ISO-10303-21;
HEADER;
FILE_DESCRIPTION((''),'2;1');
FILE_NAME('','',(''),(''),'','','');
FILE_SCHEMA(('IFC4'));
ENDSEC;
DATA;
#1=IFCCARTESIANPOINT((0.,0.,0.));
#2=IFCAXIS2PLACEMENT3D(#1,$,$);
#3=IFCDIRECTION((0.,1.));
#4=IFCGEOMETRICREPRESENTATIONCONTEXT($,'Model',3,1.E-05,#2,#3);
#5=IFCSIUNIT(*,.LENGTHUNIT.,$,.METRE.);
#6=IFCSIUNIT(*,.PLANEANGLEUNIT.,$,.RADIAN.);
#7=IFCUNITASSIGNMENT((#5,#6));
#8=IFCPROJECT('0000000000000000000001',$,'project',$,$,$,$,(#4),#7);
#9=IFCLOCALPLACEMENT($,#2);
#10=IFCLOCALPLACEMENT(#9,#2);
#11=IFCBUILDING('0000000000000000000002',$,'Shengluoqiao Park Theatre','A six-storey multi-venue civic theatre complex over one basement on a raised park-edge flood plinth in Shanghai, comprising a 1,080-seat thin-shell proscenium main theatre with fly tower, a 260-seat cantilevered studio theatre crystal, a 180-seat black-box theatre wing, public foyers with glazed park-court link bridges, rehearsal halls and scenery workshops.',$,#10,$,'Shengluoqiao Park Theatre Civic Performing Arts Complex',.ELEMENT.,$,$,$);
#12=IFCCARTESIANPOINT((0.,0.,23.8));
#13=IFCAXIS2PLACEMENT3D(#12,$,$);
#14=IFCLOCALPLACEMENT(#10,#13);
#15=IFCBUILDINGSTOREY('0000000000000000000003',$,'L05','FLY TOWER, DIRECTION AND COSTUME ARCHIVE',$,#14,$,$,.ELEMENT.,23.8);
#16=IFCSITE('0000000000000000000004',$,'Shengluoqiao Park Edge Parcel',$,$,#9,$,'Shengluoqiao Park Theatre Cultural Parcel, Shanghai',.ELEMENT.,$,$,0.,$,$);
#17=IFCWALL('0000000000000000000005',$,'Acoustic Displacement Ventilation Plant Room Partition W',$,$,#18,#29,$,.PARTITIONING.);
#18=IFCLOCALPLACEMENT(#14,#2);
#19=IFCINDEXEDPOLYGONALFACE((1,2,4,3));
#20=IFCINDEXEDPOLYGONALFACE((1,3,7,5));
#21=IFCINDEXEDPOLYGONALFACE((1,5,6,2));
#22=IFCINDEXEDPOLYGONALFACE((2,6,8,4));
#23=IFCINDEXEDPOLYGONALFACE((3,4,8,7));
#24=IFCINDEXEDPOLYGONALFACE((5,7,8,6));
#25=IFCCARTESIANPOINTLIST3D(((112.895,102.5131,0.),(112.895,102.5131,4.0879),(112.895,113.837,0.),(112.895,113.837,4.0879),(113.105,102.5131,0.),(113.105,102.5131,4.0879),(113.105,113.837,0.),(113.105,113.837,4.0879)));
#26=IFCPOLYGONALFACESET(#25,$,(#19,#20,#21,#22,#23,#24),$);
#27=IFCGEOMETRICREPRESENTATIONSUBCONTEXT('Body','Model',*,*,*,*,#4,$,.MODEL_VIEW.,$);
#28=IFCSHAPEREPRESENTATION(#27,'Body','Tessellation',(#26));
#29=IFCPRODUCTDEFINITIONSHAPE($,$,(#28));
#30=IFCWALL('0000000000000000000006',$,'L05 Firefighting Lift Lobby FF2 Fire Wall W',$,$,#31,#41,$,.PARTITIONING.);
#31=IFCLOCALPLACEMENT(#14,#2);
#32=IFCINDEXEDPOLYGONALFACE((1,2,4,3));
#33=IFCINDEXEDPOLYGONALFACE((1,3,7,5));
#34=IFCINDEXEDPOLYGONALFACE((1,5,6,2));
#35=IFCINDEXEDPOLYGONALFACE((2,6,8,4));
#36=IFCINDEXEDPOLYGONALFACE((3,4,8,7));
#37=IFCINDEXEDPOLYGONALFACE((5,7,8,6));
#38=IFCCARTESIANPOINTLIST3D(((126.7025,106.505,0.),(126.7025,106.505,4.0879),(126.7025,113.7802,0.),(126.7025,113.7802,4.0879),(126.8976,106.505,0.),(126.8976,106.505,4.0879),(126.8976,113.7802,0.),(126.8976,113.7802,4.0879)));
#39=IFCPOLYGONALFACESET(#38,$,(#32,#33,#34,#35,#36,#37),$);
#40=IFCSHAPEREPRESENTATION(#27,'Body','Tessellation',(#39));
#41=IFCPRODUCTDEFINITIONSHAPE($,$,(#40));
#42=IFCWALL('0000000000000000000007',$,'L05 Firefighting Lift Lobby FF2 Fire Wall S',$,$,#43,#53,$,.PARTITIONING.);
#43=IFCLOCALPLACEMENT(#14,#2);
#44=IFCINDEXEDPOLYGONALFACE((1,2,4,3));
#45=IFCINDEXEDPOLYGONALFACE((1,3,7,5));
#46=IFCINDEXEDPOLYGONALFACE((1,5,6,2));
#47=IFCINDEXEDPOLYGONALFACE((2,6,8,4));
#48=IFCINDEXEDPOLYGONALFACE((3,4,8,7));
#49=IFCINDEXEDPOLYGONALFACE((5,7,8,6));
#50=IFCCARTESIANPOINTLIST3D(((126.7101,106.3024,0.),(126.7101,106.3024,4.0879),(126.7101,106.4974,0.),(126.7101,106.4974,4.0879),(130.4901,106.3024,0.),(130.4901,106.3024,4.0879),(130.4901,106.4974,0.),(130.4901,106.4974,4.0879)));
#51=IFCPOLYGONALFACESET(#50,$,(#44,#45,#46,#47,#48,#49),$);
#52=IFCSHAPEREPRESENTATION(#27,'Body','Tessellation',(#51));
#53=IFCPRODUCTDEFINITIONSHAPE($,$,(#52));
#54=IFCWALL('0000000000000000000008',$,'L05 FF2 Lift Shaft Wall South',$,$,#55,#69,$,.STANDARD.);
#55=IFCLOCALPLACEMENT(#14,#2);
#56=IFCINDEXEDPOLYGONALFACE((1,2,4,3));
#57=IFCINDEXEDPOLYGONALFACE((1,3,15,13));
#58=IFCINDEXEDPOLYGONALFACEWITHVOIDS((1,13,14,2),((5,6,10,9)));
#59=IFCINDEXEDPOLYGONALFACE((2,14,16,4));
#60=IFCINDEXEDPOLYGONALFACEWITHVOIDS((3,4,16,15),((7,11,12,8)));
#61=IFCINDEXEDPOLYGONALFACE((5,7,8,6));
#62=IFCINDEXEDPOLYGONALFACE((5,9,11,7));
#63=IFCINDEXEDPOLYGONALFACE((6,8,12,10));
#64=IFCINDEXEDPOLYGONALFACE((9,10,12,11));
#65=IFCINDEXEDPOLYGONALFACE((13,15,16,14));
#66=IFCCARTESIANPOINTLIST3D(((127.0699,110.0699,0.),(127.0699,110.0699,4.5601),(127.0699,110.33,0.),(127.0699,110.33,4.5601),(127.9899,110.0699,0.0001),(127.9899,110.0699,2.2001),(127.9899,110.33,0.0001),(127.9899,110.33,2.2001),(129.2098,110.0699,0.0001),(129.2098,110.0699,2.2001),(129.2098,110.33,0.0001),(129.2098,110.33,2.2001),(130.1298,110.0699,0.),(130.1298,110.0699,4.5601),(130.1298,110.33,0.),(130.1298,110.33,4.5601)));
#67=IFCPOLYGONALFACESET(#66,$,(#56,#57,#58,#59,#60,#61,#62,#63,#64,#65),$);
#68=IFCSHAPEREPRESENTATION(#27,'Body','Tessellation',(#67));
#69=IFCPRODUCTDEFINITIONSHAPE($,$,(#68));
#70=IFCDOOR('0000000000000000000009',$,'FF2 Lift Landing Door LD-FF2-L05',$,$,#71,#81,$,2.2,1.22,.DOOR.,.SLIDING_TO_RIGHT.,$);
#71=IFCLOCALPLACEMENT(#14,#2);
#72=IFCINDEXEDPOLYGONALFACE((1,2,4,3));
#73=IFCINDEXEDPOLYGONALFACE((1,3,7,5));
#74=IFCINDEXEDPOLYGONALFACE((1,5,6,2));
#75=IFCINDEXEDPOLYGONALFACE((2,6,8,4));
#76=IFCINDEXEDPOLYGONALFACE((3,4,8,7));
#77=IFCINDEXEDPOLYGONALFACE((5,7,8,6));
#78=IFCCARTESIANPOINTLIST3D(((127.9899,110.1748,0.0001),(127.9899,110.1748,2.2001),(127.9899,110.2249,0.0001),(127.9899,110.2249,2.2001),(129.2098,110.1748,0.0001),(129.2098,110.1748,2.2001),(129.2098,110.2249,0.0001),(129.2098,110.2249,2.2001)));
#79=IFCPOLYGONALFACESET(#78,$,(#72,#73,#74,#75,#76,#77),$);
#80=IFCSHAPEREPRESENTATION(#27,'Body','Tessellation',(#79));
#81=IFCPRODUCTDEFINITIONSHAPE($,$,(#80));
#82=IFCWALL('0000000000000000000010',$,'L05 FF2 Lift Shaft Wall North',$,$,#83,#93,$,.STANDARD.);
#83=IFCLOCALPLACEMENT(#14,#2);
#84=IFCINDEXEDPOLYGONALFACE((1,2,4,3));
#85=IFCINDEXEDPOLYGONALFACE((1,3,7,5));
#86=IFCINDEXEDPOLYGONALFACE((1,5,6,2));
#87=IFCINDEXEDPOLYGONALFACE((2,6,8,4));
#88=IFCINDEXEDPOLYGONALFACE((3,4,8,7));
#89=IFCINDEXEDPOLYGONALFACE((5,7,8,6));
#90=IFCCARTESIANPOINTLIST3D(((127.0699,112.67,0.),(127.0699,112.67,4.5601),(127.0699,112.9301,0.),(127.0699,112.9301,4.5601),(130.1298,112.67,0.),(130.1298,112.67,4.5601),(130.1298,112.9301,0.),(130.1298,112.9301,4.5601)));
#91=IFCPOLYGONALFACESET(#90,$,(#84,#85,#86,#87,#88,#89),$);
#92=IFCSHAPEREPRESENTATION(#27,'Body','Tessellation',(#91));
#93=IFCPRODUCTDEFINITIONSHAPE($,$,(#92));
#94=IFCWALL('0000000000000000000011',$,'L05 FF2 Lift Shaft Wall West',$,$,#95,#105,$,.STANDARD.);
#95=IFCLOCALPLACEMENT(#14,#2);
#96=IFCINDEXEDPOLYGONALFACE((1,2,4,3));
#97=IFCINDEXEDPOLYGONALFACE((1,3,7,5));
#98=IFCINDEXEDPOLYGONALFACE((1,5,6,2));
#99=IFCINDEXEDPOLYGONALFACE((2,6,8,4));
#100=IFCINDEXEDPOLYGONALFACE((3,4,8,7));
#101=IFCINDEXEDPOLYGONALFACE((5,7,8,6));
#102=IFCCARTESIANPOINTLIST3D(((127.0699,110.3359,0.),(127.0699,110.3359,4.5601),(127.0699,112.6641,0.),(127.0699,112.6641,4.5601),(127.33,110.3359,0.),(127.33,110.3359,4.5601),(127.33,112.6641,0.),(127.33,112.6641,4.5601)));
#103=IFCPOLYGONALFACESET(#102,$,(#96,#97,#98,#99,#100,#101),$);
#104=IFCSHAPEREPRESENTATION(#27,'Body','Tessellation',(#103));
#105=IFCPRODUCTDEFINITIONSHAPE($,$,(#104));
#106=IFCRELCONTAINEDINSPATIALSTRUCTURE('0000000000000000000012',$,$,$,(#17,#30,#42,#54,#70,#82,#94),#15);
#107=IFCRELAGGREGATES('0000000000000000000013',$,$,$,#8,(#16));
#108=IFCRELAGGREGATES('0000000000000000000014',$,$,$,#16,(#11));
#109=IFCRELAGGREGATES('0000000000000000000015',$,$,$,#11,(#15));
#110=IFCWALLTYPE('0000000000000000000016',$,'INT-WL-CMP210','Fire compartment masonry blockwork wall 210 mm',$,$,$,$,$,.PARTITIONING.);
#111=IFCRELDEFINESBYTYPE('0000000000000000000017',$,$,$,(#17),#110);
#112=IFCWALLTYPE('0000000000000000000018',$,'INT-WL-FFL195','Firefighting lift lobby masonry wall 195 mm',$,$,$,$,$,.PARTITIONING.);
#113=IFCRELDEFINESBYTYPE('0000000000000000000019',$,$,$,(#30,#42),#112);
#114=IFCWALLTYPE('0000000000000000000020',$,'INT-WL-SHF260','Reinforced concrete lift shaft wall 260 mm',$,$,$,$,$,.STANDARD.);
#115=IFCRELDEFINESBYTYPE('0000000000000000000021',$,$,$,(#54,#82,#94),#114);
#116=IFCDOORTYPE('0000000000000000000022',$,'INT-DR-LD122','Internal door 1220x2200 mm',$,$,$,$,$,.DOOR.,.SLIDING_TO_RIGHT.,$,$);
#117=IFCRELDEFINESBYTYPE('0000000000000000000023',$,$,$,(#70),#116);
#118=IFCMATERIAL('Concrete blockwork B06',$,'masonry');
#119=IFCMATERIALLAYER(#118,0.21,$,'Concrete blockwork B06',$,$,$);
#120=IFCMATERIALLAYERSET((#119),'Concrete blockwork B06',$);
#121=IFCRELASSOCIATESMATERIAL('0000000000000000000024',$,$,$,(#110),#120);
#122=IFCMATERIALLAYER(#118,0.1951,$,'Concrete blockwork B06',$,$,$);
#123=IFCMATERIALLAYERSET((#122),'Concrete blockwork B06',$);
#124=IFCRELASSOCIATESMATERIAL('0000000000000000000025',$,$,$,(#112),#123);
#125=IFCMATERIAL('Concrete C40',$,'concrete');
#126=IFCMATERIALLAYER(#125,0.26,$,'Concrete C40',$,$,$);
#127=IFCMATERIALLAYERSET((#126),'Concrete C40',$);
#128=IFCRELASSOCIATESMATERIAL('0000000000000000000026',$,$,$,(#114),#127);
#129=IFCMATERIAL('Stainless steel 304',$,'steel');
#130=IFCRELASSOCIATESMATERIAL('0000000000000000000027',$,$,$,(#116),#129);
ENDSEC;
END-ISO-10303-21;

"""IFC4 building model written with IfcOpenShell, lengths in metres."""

from ifc_helpers import new_model, si_unit, direction, frame, frame_2d, origin, place, context, subcontext, project, spatial, rectangle, extrude, material, layer, layer_set, type_object, element, fill, save


model = new_model("IFC4")

# Units and contexts
model_context = context("Model", 3, precision=1e-05, world=origin(), true_north=direction((0.0, 1.0)))
body_context = subcontext(model_context, "Body", "Model", "MODEL_VIEW")
ifc_project = project(units=[si_unit("LENGTHUNIT", "METRE"), si_unit("PLANEANGLEUNIT", "RADIAN")], contexts=[model_context])

# Site, building, storey
site_placement = place(None, origin())
site = spatial("IfcSite", under=ifc_project, at=site_placement, Name="Shengluoqiao Park Edge Parcel", LongName="Shengluoqiao Park Theatre Cultural Parcel, Shanghai", CompositionType="ELEMENT", RefElevation=0.0)
building_placement = place(site_placement, origin())
building = spatial("IfcBuilding", under=site, at=building_placement, Name="Shengluoqiao Park Theatre", Description="A six-storey multi-venue civic theatre complex over one basement on a raised park-edge flood plinth in Shanghai, comprising a 1,080-seat thin-shell proscenium main theatre with fly tower, a 260-seat cantilevered studio theatre crystal, a 180-seat black-box theatre wing, public foyers with glazed park-court link bridges, rehearsal halls and scenery workshops.", LongName="Shengluoqiao Park Theatre Civic Performing Arts Complex", CompositionType="ELEMENT")
storey_placement = place(building_placement, frame((0.0, 0.0, 23.8)))
storey = spatial("IfcBuildingStorey", under=building, at=storey_placement, Name="L05", Description="FLY TOWER, DIRECTION AND COSTUME ARCHIVE", CompositionType="ELEMENT", Elevation=23.8)

# Shared definitions
ifc_material_1 = material(Name="Concrete C40", Category="concrete")

# Shared definitions
ifc_material_2 = material(Name="Concrete blockwork B06", Category="masonry")
ifc_layer_1 = layer(ifc_material_2, 0.21, Name="Concrete blockwork B06")
ifc_layer_set_1 = layer_set([ifc_layer_1], Name="Concrete blockwork B06")
wall_type_1 = type_object("IfcWallType", Name="INT-WL-CMP210", Description="Fire compartment masonry blockwork wall 210 mm", PredefinedType="PARTITIONING", material=ifc_layer_set_1)

# Walls
wall_1_placement = place(storey_placement, frame((113.0, 102.5129, 0.0), z_axis=(0.0, 0.0, 1.0), x_axis=(0.0, 1.0, 0.0)))
element("IfcWall", 1, at=wall_1_placement, inside=storey, type_object=wall_type_1, Name="Acoustic Displacement Ventilation Plant Room Partition W", PredefinedType="PARTITIONING", context=body_context, shape_type="SweptSolid", body=[
    extrude(rectangle(XDim=11.324, YDim=0.21, at=frame_2d((5.6621, 0.0))), origin(), (0.0, 0.0, 1.0), 4.0879),
])
ifc_layer_2 = layer(ifc_material_2, 0.1951, Name="Concrete blockwork B06")
ifc_layer_set_2 = layer_set([ifc_layer_2], Name="Concrete blockwork B06")
wall_type_2 = type_object("IfcWallType", Name="INT-WL-FFL195", Description="Firefighting lift lobby masonry wall 195 mm", PredefinedType="PARTITIONING", material=ifc_layer_set_2)
wall_2_placement = place(storey_placement, frame((126.8, 106.5049, 0.0), z_axis=(0.0, 0.0, 1.0), x_axis=(0.0, 1.0, 0.0)))
element("IfcWall", 2, at=wall_2_placement, inside=storey, type_object=wall_type_2, Name="L05 Firefighting Lift Lobby FF2 Fire Wall W", PredefinedType="PARTITIONING", context=body_context, shape_type="SweptSolid", body=[
    extrude(rectangle(XDim=7.2751, YDim=0.1951, at=frame_2d((3.6377, 0.0))), origin(), (0.0, 0.0, 1.0), 4.0879),
])
wall_3_placement = place(storey_placement, frame((126.71, 106.3999, 0.0), z_axis=(0.0, 0.0, 1.0), x_axis=(1.0, 0.0, 0.0)))
element("IfcWall", 3, at=wall_3_placement, inside=storey, type_object=wall_type_2, Name="L05 Firefighting Lift Lobby FF2 Fire Wall S", PredefinedType="PARTITIONING", context=body_context, shape_type="SweptSolid", body=[
    extrude(rectangle(XDim=3.78, YDim=0.1951, at=frame_2d((1.8901, 0.0))), origin(), (0.0, 0.0, 1.0), 4.0879),
])

# Wall, opening, door
ifc_layer_3 = layer(ifc_material_1, 0.26, Name="Concrete C40")
ifc_layer_set_3 = layer_set([ifc_layer_3], Name="Concrete C40")
wall_type_3 = type_object("IfcWallType", Name="INT-WL-SHF260", Description="Reinforced concrete lift shaft wall 260 mm", PredefinedType="STANDARD", material=ifc_layer_set_3)
wall_4_placement = place(storey_placement, frame((127.0701, 110.2, 0.0), z_axis=(0.0, 0.0, 1.0), x_axis=(1.0, 0.0, 0.0)))
wall_4 = element("IfcWall", 4, at=wall_4_placement, inside=storey, type_object=wall_type_3, Name="L05 FF2 Lift Shaft Wall South", PredefinedType="STANDARD", context=body_context, shape_type="SweptSolid", body=[
    extrude(rectangle(XDim=3.0598, YDim=0.26, at=frame_2d((1.5298, 0.0))), origin(), (0.0, 0.0, 1.0), 4.5601),
])
opening_1_placement = place(wall_4_placement, frame((0.9199, 0.0, 0.0)))
opening_1 = element("IfcOpeningElement", 5, at=opening_1_placement, cuts=wall_4, PredefinedType="OPENING", context=body_context, shape_type="SweptSolid", body=[
    extrude(rectangle(XDim=1.22, YDim=2.2, at=frame_2d((0.6099, 1.1001))), frame((0.0, 0.1399, 0.0), z_axis=(0.0, -1.0, 0.0), x_axis=(1.0, 0.0, 0.0)), (0.0, 0.0, 1.0), 0.28),
])
ifc_material_3 = material(Name="Stainless steel 304", Category="steel")
door_type_1 = type_object("IfcDoorType", Name="INT-DR-LD122", Description="Internal door 1220x2200 mm", OperationType="SLIDING_TO_RIGHT", PredefinedType="DOOR", material=ifc_material_3)
door_1_placement = place(opening_1_placement, origin())
door_1 = element("IfcDoor", 6, at=door_1_placement, inside=storey, type_object=door_type_1, Name="FF2 Lift Landing Door LD-FF2-L05", OperationType="SLIDING_TO_RIGHT", OverallHeight=2.2, OverallWidth=1.22, PredefinedType="DOOR", context=body_context, shape_type="SweptSolid", body=[
    extrude(rectangle(XDim=1.22, YDim=2.2, at=frame_2d((0.6099, 1.1001))), frame((0.0, 0.0249, 0.0), z_axis=(0.0, -1.0, 0.0), x_axis=(1.0, 0.0, 0.0)), (0.0, 0.0, 1.0), 0.05),
])
fill(opening_1, door_1)

# Walls
wall_5_placement = place(storey_placement, frame((127.0701, 112.8, 0.0), z_axis=(0.0, 0.0, 1.0), x_axis=(1.0, 0.0, 0.0)))
element("IfcWall", 7, at=wall_5_placement, inside=storey, type_object=wall_type_3, Name="L05 FF2 Lift Shaft Wall North", PredefinedType="STANDARD", context=body_context, shape_type="SweptSolid", body=[
    extrude(rectangle(XDim=3.0598, YDim=0.26, at=frame_2d((1.5298, 0.0))), origin(), (0.0, 0.0, 1.0), 4.5601),
])
wall_6_placement = place(storey_placement, frame((127.2, 110.3359, 0.0), z_axis=(0.0, 0.0, 1.0), x_axis=(0.0, 1.0, 0.0)))
element("IfcWall", 8, at=wall_6_placement, inside=storey, type_object=wall_type_3, Name="L05 FF2 Lift Shaft Wall West", PredefinedType="STANDARD", context=body_context, shape_type="SweptSolid", body=[
    extrude(rectangle(XDim=2.3281, YDim=0.26, at=frame_2d((1.1641, 0.0))), origin(), (0.0, 0.0, 1.0), 4.5601),
])

save(model, "model.ifc")
